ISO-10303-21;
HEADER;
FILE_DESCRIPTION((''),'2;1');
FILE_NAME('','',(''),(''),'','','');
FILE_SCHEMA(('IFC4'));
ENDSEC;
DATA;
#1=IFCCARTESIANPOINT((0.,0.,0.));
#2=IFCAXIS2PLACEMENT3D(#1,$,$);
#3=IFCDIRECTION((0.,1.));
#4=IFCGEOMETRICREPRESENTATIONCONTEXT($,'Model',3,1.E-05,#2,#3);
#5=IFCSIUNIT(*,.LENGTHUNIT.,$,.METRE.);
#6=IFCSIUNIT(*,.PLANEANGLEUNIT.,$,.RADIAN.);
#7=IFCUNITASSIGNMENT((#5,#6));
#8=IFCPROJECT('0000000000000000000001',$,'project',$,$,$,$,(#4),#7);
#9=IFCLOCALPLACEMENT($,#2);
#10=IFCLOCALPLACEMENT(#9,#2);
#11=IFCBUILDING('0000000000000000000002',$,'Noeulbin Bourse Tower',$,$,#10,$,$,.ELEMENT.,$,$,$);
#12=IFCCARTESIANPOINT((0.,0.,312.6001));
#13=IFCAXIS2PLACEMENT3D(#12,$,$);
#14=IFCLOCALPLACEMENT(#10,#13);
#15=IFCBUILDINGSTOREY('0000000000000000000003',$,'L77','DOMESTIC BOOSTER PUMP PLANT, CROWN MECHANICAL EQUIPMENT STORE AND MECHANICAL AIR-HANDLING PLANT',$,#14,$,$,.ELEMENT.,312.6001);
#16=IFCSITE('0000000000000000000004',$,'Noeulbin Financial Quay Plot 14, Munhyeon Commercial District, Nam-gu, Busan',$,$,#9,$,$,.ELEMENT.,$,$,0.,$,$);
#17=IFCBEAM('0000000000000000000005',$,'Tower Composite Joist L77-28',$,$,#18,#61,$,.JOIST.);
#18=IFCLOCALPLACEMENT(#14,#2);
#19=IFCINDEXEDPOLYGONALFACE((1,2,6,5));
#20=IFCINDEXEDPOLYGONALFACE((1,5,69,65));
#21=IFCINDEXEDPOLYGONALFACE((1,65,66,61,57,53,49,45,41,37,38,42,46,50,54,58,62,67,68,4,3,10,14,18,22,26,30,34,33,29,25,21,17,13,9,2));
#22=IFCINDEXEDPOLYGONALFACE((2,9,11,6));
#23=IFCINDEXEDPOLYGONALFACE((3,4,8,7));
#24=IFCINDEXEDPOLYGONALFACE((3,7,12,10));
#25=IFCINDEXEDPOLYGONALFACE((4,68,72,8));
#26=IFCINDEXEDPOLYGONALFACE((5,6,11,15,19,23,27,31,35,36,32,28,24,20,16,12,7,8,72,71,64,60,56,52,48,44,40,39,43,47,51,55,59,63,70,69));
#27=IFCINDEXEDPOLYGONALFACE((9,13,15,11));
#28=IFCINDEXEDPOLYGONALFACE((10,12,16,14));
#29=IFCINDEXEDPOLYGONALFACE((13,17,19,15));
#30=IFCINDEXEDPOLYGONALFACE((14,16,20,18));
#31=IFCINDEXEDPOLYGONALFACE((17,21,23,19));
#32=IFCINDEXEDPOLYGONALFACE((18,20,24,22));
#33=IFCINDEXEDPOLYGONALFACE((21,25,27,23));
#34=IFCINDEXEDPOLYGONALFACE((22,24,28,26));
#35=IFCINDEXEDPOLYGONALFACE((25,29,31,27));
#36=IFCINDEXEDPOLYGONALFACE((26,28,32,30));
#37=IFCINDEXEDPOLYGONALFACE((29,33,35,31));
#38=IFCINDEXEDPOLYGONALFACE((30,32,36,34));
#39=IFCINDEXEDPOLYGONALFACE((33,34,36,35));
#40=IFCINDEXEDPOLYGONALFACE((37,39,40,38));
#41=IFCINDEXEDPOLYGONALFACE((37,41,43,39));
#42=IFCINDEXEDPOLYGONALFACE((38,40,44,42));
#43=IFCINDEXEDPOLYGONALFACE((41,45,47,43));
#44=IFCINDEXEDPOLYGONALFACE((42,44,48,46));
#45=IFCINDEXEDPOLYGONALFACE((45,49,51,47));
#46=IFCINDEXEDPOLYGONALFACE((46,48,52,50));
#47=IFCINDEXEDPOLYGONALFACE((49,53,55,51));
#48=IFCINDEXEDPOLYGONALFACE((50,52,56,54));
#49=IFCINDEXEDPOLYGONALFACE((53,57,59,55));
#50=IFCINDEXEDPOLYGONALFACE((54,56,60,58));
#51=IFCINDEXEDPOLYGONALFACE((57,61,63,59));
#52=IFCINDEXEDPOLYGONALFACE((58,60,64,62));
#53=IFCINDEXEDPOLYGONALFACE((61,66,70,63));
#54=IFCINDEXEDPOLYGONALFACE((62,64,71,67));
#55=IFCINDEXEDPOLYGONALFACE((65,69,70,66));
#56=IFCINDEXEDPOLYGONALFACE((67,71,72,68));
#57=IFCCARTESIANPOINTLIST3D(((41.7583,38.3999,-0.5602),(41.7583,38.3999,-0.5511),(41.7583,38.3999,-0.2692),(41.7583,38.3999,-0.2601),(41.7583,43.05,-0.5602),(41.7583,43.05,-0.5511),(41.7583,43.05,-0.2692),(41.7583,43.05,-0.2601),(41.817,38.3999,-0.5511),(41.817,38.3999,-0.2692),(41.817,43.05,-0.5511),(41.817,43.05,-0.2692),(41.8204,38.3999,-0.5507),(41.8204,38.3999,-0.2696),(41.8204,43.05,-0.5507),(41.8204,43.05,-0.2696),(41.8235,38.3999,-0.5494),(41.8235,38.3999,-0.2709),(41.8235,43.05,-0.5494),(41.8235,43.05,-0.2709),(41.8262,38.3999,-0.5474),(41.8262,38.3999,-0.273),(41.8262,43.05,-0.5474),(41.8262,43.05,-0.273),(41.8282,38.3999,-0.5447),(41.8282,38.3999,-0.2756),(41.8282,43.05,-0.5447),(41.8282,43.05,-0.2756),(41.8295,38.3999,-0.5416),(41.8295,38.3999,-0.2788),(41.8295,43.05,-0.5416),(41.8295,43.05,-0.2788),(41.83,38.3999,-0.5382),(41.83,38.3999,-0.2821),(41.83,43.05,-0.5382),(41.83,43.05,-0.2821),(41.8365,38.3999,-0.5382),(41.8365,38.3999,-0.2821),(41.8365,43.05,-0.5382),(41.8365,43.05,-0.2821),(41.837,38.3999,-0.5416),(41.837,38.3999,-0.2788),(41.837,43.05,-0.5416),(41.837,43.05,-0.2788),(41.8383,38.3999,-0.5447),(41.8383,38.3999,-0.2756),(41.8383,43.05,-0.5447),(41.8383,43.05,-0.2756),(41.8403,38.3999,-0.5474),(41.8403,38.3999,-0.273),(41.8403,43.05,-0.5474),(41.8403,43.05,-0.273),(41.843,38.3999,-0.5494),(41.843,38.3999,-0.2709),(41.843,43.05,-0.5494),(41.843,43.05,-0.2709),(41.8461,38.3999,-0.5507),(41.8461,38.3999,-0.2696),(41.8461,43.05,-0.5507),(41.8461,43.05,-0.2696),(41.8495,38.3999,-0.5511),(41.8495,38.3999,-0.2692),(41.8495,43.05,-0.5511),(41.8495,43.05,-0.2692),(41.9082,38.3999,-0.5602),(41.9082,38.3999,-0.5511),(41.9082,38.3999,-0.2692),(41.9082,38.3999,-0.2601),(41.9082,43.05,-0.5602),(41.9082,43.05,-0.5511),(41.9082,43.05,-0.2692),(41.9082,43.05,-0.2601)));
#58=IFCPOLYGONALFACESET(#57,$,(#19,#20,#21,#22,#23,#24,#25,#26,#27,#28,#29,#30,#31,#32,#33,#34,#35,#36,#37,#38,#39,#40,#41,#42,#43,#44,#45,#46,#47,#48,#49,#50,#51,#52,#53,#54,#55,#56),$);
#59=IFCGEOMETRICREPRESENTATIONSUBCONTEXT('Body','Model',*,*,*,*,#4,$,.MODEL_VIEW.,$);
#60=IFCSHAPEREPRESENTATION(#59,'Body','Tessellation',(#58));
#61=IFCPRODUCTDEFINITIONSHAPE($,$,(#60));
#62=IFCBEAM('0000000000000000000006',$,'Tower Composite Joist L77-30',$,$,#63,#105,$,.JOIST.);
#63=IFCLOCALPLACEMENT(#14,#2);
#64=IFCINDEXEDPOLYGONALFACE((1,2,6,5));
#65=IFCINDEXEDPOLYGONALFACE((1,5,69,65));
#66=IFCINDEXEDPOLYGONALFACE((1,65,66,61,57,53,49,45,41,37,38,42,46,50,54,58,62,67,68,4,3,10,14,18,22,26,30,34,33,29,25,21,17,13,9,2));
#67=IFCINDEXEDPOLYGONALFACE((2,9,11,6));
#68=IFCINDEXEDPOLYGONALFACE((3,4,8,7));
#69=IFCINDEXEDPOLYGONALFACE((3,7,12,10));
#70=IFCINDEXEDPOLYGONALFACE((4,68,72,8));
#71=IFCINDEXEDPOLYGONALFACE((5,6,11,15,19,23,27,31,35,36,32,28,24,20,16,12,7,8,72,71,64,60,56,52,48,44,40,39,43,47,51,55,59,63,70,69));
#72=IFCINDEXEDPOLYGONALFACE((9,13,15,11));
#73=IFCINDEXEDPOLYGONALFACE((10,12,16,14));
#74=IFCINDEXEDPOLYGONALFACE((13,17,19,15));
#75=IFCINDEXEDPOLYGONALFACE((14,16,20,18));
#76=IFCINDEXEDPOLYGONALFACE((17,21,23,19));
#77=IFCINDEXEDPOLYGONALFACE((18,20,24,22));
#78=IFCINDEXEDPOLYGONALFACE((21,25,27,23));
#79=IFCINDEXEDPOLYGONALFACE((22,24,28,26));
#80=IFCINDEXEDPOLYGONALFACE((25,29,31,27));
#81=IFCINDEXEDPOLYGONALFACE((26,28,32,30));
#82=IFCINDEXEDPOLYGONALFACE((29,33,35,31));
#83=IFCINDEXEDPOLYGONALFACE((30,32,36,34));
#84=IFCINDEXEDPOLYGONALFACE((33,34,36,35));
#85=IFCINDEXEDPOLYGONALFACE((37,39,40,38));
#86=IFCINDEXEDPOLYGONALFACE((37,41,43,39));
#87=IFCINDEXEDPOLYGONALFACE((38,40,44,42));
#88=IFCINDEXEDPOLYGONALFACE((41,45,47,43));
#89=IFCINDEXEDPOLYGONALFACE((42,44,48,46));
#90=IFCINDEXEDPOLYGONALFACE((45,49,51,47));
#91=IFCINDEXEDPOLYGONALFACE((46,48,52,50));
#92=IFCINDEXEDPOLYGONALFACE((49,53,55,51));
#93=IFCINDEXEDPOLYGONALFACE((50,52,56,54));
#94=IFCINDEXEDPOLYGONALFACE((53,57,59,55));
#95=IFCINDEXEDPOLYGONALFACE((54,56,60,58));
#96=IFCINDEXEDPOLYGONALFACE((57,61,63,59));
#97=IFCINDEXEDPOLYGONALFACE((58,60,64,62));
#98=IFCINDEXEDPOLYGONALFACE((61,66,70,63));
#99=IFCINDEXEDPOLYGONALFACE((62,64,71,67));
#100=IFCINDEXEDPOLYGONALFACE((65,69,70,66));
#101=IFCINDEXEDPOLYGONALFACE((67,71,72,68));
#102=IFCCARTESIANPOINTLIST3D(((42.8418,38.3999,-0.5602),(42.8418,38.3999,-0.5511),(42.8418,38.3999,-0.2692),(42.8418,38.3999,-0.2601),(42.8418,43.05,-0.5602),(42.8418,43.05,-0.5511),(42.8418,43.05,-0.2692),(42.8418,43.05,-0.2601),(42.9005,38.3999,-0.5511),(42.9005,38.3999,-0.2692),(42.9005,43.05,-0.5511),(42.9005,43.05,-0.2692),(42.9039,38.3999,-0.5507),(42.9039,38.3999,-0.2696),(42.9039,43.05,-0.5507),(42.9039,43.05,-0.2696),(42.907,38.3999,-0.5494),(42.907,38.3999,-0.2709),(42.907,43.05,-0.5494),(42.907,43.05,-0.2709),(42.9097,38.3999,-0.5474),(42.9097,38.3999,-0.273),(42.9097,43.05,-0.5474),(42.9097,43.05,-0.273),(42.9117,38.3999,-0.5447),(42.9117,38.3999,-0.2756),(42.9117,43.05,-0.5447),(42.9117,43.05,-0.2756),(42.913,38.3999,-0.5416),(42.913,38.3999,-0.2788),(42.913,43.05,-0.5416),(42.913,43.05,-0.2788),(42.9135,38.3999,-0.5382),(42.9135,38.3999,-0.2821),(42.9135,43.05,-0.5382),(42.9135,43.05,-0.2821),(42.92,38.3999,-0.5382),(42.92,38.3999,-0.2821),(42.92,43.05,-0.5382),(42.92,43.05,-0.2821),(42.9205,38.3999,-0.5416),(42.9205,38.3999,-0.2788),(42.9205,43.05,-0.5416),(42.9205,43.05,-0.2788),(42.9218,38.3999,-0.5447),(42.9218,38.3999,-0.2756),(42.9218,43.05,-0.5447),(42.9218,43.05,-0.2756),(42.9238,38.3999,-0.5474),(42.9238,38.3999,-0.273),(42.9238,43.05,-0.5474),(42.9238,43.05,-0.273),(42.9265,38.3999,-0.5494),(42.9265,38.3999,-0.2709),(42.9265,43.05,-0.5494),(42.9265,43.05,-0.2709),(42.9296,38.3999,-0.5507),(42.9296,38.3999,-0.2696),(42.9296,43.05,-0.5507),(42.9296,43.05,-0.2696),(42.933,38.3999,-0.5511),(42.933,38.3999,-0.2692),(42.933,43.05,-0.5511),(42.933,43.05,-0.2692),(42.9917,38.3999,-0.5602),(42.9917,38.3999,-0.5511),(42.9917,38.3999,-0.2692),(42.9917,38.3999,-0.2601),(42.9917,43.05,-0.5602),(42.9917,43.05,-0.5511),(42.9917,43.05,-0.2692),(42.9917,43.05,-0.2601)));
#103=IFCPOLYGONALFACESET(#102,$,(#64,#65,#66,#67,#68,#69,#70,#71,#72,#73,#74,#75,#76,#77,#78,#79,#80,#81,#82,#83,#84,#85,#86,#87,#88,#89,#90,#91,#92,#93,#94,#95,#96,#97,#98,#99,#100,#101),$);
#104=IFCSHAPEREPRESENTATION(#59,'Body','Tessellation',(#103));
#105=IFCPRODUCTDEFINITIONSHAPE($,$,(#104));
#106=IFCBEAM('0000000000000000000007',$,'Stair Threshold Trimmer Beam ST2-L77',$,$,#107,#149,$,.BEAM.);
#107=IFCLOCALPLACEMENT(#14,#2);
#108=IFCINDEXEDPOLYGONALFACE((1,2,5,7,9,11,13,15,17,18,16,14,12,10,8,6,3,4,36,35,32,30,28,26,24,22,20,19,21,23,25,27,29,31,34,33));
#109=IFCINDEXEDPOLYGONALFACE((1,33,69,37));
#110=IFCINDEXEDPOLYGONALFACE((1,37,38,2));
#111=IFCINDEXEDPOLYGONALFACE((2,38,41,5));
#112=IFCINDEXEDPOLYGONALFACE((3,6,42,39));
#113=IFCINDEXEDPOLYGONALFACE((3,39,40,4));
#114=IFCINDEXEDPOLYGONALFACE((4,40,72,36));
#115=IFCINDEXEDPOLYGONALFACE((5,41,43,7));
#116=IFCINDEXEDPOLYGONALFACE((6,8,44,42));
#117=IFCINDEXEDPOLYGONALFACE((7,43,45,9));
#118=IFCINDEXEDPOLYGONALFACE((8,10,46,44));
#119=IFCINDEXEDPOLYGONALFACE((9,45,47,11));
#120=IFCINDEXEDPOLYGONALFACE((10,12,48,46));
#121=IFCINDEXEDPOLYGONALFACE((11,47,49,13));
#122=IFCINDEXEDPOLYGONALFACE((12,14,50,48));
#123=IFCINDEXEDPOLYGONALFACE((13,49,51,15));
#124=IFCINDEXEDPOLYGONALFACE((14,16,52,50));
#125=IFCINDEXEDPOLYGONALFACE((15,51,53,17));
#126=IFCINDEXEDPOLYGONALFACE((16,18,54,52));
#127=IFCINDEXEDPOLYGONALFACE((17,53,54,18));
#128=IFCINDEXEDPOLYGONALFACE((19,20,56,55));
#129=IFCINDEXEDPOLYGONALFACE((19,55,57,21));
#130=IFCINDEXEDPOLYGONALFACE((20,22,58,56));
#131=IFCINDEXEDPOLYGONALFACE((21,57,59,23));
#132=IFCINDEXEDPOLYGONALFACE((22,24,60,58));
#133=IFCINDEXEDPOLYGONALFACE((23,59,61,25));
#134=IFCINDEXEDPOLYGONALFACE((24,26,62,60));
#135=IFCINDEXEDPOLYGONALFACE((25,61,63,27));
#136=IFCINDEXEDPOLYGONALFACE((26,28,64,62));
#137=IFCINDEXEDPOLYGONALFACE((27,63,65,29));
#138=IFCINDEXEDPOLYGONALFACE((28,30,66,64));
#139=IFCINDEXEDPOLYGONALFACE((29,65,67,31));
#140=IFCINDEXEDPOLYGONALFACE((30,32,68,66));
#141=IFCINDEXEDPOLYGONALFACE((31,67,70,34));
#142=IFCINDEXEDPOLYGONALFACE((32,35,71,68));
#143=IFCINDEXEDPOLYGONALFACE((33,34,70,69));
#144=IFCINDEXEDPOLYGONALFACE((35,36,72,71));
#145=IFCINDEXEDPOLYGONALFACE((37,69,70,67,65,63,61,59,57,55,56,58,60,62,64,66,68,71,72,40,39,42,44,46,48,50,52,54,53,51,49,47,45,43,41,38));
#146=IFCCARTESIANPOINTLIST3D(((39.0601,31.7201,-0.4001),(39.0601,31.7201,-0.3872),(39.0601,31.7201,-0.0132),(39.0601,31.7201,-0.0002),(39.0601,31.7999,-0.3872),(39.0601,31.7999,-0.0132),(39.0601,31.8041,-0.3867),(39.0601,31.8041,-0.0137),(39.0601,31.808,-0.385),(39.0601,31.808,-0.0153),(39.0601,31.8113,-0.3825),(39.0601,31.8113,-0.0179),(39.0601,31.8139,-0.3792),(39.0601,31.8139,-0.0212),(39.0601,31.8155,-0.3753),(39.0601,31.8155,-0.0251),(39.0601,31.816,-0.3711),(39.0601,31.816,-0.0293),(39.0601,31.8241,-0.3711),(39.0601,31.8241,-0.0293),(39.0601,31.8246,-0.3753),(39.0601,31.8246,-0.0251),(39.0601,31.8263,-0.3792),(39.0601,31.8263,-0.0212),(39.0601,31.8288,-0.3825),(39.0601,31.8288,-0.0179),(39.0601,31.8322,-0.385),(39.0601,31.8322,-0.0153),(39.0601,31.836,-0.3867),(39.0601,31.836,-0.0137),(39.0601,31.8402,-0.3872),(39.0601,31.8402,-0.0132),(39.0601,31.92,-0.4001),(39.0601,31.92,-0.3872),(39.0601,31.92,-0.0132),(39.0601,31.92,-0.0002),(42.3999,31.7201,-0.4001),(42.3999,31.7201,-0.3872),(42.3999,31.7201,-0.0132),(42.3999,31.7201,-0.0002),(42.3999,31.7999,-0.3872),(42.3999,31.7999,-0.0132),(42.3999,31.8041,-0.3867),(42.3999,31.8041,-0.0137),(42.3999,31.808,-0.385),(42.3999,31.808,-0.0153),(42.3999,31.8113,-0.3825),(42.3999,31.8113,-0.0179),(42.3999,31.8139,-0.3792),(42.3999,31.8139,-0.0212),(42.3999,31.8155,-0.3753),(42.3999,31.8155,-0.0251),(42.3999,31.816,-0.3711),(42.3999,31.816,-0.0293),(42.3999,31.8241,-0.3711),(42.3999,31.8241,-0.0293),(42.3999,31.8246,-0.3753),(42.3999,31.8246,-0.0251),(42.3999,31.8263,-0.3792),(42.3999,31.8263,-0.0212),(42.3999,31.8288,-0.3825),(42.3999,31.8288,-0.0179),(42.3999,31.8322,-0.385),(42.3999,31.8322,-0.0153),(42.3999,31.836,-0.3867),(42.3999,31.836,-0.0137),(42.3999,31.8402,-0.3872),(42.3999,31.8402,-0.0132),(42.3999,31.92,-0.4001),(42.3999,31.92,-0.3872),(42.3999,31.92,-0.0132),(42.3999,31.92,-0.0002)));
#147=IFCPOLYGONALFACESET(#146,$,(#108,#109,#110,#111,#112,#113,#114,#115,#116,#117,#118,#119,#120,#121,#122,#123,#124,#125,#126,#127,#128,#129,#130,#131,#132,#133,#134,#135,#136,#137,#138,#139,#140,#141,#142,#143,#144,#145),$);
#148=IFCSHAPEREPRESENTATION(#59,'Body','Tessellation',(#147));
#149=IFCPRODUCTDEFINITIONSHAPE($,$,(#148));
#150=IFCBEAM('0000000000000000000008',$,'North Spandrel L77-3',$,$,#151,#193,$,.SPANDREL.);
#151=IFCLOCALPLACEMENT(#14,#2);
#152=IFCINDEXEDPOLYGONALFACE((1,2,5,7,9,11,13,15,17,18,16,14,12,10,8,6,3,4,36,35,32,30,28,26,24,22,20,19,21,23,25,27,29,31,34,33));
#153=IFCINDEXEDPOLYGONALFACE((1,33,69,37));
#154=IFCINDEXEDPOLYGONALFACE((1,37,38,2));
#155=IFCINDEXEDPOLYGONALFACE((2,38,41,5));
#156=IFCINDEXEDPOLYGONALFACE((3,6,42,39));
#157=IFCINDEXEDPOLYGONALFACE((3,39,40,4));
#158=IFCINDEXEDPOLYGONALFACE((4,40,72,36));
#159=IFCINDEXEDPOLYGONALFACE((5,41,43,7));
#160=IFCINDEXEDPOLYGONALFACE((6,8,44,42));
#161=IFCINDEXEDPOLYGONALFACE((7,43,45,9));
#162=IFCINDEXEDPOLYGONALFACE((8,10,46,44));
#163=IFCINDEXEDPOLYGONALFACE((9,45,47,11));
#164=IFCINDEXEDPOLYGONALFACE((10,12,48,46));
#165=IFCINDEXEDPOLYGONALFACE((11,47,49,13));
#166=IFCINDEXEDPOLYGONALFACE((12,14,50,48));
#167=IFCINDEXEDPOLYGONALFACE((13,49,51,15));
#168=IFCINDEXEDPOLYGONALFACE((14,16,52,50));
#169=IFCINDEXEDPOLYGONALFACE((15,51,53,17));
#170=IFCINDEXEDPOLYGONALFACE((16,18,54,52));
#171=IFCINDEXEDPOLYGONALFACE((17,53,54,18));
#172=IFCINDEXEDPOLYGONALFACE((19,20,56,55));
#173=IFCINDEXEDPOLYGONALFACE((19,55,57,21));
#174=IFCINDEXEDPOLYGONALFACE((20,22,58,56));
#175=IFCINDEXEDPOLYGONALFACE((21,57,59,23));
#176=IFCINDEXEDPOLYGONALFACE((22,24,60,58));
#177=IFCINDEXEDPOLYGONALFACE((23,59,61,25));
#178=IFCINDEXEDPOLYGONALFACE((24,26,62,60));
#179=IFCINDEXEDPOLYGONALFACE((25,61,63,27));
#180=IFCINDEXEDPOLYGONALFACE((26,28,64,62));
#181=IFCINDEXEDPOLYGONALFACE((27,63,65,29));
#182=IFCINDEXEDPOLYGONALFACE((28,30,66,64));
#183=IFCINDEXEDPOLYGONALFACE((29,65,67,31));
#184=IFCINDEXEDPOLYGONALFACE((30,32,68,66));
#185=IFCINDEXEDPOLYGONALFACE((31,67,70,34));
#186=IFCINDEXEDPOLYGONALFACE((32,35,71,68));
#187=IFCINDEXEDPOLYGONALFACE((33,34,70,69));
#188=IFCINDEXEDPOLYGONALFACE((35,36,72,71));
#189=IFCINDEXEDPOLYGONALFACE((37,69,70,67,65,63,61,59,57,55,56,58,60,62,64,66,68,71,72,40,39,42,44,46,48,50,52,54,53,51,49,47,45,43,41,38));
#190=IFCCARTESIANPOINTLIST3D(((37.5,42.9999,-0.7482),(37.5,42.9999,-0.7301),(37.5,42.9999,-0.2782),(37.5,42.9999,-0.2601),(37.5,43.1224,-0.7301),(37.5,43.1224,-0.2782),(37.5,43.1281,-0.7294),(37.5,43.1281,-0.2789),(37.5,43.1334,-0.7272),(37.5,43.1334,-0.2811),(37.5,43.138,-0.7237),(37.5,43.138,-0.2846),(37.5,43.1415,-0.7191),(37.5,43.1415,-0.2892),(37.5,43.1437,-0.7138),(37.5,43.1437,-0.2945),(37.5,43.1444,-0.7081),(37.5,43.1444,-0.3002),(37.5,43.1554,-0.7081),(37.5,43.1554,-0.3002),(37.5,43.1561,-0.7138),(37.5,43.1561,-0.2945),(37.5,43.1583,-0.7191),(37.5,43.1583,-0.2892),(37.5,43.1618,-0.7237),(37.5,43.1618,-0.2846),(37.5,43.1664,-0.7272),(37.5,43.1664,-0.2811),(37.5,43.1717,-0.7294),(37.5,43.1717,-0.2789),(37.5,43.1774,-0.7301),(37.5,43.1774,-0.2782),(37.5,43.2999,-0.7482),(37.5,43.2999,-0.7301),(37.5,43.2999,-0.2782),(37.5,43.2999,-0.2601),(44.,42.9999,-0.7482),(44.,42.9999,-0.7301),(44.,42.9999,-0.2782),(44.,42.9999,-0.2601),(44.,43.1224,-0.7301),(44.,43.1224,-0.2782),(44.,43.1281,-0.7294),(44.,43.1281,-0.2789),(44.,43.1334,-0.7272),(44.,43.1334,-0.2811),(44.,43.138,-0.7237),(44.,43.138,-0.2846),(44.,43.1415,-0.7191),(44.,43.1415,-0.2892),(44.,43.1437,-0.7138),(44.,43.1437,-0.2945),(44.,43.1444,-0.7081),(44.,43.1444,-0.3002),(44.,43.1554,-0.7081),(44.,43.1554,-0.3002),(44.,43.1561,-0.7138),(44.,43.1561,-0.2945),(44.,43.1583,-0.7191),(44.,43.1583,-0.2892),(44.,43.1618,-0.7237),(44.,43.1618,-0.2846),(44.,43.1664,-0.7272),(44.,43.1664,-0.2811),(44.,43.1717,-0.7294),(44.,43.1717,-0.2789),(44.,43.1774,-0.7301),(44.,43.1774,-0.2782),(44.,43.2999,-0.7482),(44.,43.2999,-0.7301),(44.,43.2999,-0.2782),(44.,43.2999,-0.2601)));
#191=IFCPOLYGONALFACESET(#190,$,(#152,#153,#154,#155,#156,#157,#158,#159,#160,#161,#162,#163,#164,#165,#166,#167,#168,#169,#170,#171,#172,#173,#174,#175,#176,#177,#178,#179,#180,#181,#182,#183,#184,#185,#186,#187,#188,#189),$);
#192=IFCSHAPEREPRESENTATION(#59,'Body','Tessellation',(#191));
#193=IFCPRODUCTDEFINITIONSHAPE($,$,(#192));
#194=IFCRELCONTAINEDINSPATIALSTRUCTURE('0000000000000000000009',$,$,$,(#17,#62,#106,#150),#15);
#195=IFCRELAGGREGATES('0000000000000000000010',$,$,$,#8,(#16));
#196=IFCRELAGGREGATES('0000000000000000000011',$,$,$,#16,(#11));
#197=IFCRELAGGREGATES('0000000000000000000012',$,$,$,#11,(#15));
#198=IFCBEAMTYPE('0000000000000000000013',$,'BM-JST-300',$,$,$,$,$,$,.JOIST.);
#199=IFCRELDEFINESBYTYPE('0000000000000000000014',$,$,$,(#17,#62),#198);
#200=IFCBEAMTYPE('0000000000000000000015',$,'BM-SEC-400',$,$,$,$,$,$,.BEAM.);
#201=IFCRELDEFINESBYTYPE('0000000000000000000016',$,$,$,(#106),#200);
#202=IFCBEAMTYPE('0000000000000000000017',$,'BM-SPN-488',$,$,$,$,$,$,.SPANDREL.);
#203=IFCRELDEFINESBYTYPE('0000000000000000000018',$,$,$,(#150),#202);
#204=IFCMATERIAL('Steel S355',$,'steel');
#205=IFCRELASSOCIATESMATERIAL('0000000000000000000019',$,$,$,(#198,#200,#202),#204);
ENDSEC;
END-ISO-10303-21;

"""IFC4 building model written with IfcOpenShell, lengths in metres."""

from ifc_helpers import new_model, si_unit, direction, frame, origin, origin_2d, place, context, subcontext, project, spatial, i_section, extrude, material, material_profile, profile_set, type_object, element, save


model = new_model("IFC4")

# Units and contexts
model_context = context("Model", 3, precision=1e-05, world=origin(), true_north=direction((0.0, 1.0)))
body_context = subcontext(model_context, "Body", "Model", "MODEL_VIEW")
ifc_project = project(units=[si_unit("LENGTHUNIT", "METRE"), si_unit("PLANEANGLEUNIT", "RADIAN")], contexts=[model_context])

# Site, building, storey
site_placement = place(None, origin())
site = spatial("IfcSite", under=ifc_project, at=site_placement, Name="Noeulbin Financial Quay Plot 14, Munhyeon Commercial District, Nam-gu, Busan", CompositionType="ELEMENT", RefElevation=0.0)
building_placement = place(site_placement, origin())
building = spatial("IfcBuilding", under=site, at=building_placement, Name="Noeulbin Bourse Tower", CompositionType="ELEMENT")
storey_placement = place(building_placement, frame((0.0, 0.0, 312.6001)))
storey = spatial("IfcBuildingStorey", under=building, at=storey_placement, Name="L77", Description="DOMESTIC BOOSTER PUMP PLANT, CROWN MECHANICAL EQUIPMENT STORE AND MECHANICAL AIR-HANDLING PLANT", CompositionType="ELEMENT", Elevation=312.6001)

# Shared definitions
ifc_material_1 = material(Name="Steel S355", Category="steel")

# Beams
ifc_material_profile_1 = material_profile(ifc_material_1, i_section(OverallWidth=0.1499, OverallDepth=0.3, WebThickness=0.0066, FlangeThickness=0.009, FilletRadius=0.0129, at=origin_2d()), Name="H-300x150x6.5x9", Category="LoadBearing")
ifc_profile_set_1 = profile_set([ifc_material_profile_1], Name="Steel S355")
beam_type_1 = type_object("IfcBeamType", Name="BM-JST-300", PredefinedType="JOIST", material=ifc_profile_set_1)
for number, where, z_axis, x_axis, name in (
    (1, (41.8333, 38.3999, -0.4102), (0.0, 1.0, 0.0), (-1.0, 0.0, 0.0), "Tower Composite Joist L77-28"),
    (2, (42.9167, 38.3999, -0.4102), (0.0, 1.0, 0.0), (-1.0, 0.0, 0.0), "Tower Composite Joist L77-30"),
):
    element("IfcBeam", number, at=place(storey_placement, frame(where, z_axis=z_axis, x_axis=x_axis)), inside=storey, type_object=beam_type_1, Name=name, PredefinedType="JOIST", context=body_context, shape_type="SweptSolid", body=[
        extrude(i_section(OverallWidth=0.1499, OverallDepth=0.3, WebThickness=0.0066, FlangeThickness=0.009, FilletRadius=0.0129, at=origin_2d()), origin(), (0.0, 0.0, 1.0), 4.6501),
    ])
ifc_material_profile_2 = material_profile(ifc_material_1, i_section(OverallWidth=0.2, OverallDepth=0.3999, WebThickness=0.0081, FlangeThickness=0.0129, FilletRadius=0.0161, at=origin_2d()), Name="H-400x200x8x13", Category="LoadBearing")
ifc_profile_set_2 = profile_set([ifc_material_profile_2], Name="Steel S355")
beam_type_2 = type_object("IfcBeamType", Name="BM-SEC-400", PredefinedType="BEAM", material=ifc_profile_set_2)
beam_1_placement = place(storey_placement, frame((39.0601, 31.8201, -0.2002), z_axis=(1.0, 0.0, 0.0), x_axis=(0.0, 1.0, 0.0)))
element("IfcBeam", 3, at=beam_1_placement, inside=storey, type_object=beam_type_2, Name="Stair Threshold Trimmer Beam ST2-L77", PredefinedType="BEAM", context=body_context, shape_type="SweptSolid", body=[
    extrude(i_section(OverallWidth=0.2, OverallDepth=0.3999, WebThickness=0.0081, FlangeThickness=0.0129, FilletRadius=0.0161, at=origin_2d()), origin(), (0.0, 0.0, 1.0), 3.3398),
])
ifc_material_profile_3 = material_profile(ifc_material_1, i_section(OverallWidth=0.3, OverallDepth=0.488, WebThickness=0.011, FlangeThickness=0.0181, FilletRadius=0.022, at=origin_2d()), Name="H-488x300x11x18", Category="LoadBearing")
ifc_profile_set_3 = profile_set([ifc_material_profile_3], Name="Steel S355")
beam_type_3 = type_object("IfcBeamType", Name="BM-SPN-488", PredefinedType="SPANDREL", material=ifc_profile_set_3)
beam_2_placement = place(storey_placement, frame((37.5, 43.1499, -0.5042), z_axis=(1.0, 0.0, 0.0), x_axis=(0.0, 1.0, 0.0)))
element("IfcBeam", 4, at=beam_2_placement, inside=storey, type_object=beam_type_3, Name="North Spandrel L77-3", PredefinedType="SPANDREL", context=body_context, shape_type="SweptSolid", body=[
    extrude(i_section(OverallWidth=0.3, OverallDepth=0.488, WebThickness=0.011, FlangeThickness=0.0181, FilletRadius=0.022, at=origin_2d()), origin(), (0.0, 0.0, 1.0), 6.5),
])

save(model, "model.ifc")
